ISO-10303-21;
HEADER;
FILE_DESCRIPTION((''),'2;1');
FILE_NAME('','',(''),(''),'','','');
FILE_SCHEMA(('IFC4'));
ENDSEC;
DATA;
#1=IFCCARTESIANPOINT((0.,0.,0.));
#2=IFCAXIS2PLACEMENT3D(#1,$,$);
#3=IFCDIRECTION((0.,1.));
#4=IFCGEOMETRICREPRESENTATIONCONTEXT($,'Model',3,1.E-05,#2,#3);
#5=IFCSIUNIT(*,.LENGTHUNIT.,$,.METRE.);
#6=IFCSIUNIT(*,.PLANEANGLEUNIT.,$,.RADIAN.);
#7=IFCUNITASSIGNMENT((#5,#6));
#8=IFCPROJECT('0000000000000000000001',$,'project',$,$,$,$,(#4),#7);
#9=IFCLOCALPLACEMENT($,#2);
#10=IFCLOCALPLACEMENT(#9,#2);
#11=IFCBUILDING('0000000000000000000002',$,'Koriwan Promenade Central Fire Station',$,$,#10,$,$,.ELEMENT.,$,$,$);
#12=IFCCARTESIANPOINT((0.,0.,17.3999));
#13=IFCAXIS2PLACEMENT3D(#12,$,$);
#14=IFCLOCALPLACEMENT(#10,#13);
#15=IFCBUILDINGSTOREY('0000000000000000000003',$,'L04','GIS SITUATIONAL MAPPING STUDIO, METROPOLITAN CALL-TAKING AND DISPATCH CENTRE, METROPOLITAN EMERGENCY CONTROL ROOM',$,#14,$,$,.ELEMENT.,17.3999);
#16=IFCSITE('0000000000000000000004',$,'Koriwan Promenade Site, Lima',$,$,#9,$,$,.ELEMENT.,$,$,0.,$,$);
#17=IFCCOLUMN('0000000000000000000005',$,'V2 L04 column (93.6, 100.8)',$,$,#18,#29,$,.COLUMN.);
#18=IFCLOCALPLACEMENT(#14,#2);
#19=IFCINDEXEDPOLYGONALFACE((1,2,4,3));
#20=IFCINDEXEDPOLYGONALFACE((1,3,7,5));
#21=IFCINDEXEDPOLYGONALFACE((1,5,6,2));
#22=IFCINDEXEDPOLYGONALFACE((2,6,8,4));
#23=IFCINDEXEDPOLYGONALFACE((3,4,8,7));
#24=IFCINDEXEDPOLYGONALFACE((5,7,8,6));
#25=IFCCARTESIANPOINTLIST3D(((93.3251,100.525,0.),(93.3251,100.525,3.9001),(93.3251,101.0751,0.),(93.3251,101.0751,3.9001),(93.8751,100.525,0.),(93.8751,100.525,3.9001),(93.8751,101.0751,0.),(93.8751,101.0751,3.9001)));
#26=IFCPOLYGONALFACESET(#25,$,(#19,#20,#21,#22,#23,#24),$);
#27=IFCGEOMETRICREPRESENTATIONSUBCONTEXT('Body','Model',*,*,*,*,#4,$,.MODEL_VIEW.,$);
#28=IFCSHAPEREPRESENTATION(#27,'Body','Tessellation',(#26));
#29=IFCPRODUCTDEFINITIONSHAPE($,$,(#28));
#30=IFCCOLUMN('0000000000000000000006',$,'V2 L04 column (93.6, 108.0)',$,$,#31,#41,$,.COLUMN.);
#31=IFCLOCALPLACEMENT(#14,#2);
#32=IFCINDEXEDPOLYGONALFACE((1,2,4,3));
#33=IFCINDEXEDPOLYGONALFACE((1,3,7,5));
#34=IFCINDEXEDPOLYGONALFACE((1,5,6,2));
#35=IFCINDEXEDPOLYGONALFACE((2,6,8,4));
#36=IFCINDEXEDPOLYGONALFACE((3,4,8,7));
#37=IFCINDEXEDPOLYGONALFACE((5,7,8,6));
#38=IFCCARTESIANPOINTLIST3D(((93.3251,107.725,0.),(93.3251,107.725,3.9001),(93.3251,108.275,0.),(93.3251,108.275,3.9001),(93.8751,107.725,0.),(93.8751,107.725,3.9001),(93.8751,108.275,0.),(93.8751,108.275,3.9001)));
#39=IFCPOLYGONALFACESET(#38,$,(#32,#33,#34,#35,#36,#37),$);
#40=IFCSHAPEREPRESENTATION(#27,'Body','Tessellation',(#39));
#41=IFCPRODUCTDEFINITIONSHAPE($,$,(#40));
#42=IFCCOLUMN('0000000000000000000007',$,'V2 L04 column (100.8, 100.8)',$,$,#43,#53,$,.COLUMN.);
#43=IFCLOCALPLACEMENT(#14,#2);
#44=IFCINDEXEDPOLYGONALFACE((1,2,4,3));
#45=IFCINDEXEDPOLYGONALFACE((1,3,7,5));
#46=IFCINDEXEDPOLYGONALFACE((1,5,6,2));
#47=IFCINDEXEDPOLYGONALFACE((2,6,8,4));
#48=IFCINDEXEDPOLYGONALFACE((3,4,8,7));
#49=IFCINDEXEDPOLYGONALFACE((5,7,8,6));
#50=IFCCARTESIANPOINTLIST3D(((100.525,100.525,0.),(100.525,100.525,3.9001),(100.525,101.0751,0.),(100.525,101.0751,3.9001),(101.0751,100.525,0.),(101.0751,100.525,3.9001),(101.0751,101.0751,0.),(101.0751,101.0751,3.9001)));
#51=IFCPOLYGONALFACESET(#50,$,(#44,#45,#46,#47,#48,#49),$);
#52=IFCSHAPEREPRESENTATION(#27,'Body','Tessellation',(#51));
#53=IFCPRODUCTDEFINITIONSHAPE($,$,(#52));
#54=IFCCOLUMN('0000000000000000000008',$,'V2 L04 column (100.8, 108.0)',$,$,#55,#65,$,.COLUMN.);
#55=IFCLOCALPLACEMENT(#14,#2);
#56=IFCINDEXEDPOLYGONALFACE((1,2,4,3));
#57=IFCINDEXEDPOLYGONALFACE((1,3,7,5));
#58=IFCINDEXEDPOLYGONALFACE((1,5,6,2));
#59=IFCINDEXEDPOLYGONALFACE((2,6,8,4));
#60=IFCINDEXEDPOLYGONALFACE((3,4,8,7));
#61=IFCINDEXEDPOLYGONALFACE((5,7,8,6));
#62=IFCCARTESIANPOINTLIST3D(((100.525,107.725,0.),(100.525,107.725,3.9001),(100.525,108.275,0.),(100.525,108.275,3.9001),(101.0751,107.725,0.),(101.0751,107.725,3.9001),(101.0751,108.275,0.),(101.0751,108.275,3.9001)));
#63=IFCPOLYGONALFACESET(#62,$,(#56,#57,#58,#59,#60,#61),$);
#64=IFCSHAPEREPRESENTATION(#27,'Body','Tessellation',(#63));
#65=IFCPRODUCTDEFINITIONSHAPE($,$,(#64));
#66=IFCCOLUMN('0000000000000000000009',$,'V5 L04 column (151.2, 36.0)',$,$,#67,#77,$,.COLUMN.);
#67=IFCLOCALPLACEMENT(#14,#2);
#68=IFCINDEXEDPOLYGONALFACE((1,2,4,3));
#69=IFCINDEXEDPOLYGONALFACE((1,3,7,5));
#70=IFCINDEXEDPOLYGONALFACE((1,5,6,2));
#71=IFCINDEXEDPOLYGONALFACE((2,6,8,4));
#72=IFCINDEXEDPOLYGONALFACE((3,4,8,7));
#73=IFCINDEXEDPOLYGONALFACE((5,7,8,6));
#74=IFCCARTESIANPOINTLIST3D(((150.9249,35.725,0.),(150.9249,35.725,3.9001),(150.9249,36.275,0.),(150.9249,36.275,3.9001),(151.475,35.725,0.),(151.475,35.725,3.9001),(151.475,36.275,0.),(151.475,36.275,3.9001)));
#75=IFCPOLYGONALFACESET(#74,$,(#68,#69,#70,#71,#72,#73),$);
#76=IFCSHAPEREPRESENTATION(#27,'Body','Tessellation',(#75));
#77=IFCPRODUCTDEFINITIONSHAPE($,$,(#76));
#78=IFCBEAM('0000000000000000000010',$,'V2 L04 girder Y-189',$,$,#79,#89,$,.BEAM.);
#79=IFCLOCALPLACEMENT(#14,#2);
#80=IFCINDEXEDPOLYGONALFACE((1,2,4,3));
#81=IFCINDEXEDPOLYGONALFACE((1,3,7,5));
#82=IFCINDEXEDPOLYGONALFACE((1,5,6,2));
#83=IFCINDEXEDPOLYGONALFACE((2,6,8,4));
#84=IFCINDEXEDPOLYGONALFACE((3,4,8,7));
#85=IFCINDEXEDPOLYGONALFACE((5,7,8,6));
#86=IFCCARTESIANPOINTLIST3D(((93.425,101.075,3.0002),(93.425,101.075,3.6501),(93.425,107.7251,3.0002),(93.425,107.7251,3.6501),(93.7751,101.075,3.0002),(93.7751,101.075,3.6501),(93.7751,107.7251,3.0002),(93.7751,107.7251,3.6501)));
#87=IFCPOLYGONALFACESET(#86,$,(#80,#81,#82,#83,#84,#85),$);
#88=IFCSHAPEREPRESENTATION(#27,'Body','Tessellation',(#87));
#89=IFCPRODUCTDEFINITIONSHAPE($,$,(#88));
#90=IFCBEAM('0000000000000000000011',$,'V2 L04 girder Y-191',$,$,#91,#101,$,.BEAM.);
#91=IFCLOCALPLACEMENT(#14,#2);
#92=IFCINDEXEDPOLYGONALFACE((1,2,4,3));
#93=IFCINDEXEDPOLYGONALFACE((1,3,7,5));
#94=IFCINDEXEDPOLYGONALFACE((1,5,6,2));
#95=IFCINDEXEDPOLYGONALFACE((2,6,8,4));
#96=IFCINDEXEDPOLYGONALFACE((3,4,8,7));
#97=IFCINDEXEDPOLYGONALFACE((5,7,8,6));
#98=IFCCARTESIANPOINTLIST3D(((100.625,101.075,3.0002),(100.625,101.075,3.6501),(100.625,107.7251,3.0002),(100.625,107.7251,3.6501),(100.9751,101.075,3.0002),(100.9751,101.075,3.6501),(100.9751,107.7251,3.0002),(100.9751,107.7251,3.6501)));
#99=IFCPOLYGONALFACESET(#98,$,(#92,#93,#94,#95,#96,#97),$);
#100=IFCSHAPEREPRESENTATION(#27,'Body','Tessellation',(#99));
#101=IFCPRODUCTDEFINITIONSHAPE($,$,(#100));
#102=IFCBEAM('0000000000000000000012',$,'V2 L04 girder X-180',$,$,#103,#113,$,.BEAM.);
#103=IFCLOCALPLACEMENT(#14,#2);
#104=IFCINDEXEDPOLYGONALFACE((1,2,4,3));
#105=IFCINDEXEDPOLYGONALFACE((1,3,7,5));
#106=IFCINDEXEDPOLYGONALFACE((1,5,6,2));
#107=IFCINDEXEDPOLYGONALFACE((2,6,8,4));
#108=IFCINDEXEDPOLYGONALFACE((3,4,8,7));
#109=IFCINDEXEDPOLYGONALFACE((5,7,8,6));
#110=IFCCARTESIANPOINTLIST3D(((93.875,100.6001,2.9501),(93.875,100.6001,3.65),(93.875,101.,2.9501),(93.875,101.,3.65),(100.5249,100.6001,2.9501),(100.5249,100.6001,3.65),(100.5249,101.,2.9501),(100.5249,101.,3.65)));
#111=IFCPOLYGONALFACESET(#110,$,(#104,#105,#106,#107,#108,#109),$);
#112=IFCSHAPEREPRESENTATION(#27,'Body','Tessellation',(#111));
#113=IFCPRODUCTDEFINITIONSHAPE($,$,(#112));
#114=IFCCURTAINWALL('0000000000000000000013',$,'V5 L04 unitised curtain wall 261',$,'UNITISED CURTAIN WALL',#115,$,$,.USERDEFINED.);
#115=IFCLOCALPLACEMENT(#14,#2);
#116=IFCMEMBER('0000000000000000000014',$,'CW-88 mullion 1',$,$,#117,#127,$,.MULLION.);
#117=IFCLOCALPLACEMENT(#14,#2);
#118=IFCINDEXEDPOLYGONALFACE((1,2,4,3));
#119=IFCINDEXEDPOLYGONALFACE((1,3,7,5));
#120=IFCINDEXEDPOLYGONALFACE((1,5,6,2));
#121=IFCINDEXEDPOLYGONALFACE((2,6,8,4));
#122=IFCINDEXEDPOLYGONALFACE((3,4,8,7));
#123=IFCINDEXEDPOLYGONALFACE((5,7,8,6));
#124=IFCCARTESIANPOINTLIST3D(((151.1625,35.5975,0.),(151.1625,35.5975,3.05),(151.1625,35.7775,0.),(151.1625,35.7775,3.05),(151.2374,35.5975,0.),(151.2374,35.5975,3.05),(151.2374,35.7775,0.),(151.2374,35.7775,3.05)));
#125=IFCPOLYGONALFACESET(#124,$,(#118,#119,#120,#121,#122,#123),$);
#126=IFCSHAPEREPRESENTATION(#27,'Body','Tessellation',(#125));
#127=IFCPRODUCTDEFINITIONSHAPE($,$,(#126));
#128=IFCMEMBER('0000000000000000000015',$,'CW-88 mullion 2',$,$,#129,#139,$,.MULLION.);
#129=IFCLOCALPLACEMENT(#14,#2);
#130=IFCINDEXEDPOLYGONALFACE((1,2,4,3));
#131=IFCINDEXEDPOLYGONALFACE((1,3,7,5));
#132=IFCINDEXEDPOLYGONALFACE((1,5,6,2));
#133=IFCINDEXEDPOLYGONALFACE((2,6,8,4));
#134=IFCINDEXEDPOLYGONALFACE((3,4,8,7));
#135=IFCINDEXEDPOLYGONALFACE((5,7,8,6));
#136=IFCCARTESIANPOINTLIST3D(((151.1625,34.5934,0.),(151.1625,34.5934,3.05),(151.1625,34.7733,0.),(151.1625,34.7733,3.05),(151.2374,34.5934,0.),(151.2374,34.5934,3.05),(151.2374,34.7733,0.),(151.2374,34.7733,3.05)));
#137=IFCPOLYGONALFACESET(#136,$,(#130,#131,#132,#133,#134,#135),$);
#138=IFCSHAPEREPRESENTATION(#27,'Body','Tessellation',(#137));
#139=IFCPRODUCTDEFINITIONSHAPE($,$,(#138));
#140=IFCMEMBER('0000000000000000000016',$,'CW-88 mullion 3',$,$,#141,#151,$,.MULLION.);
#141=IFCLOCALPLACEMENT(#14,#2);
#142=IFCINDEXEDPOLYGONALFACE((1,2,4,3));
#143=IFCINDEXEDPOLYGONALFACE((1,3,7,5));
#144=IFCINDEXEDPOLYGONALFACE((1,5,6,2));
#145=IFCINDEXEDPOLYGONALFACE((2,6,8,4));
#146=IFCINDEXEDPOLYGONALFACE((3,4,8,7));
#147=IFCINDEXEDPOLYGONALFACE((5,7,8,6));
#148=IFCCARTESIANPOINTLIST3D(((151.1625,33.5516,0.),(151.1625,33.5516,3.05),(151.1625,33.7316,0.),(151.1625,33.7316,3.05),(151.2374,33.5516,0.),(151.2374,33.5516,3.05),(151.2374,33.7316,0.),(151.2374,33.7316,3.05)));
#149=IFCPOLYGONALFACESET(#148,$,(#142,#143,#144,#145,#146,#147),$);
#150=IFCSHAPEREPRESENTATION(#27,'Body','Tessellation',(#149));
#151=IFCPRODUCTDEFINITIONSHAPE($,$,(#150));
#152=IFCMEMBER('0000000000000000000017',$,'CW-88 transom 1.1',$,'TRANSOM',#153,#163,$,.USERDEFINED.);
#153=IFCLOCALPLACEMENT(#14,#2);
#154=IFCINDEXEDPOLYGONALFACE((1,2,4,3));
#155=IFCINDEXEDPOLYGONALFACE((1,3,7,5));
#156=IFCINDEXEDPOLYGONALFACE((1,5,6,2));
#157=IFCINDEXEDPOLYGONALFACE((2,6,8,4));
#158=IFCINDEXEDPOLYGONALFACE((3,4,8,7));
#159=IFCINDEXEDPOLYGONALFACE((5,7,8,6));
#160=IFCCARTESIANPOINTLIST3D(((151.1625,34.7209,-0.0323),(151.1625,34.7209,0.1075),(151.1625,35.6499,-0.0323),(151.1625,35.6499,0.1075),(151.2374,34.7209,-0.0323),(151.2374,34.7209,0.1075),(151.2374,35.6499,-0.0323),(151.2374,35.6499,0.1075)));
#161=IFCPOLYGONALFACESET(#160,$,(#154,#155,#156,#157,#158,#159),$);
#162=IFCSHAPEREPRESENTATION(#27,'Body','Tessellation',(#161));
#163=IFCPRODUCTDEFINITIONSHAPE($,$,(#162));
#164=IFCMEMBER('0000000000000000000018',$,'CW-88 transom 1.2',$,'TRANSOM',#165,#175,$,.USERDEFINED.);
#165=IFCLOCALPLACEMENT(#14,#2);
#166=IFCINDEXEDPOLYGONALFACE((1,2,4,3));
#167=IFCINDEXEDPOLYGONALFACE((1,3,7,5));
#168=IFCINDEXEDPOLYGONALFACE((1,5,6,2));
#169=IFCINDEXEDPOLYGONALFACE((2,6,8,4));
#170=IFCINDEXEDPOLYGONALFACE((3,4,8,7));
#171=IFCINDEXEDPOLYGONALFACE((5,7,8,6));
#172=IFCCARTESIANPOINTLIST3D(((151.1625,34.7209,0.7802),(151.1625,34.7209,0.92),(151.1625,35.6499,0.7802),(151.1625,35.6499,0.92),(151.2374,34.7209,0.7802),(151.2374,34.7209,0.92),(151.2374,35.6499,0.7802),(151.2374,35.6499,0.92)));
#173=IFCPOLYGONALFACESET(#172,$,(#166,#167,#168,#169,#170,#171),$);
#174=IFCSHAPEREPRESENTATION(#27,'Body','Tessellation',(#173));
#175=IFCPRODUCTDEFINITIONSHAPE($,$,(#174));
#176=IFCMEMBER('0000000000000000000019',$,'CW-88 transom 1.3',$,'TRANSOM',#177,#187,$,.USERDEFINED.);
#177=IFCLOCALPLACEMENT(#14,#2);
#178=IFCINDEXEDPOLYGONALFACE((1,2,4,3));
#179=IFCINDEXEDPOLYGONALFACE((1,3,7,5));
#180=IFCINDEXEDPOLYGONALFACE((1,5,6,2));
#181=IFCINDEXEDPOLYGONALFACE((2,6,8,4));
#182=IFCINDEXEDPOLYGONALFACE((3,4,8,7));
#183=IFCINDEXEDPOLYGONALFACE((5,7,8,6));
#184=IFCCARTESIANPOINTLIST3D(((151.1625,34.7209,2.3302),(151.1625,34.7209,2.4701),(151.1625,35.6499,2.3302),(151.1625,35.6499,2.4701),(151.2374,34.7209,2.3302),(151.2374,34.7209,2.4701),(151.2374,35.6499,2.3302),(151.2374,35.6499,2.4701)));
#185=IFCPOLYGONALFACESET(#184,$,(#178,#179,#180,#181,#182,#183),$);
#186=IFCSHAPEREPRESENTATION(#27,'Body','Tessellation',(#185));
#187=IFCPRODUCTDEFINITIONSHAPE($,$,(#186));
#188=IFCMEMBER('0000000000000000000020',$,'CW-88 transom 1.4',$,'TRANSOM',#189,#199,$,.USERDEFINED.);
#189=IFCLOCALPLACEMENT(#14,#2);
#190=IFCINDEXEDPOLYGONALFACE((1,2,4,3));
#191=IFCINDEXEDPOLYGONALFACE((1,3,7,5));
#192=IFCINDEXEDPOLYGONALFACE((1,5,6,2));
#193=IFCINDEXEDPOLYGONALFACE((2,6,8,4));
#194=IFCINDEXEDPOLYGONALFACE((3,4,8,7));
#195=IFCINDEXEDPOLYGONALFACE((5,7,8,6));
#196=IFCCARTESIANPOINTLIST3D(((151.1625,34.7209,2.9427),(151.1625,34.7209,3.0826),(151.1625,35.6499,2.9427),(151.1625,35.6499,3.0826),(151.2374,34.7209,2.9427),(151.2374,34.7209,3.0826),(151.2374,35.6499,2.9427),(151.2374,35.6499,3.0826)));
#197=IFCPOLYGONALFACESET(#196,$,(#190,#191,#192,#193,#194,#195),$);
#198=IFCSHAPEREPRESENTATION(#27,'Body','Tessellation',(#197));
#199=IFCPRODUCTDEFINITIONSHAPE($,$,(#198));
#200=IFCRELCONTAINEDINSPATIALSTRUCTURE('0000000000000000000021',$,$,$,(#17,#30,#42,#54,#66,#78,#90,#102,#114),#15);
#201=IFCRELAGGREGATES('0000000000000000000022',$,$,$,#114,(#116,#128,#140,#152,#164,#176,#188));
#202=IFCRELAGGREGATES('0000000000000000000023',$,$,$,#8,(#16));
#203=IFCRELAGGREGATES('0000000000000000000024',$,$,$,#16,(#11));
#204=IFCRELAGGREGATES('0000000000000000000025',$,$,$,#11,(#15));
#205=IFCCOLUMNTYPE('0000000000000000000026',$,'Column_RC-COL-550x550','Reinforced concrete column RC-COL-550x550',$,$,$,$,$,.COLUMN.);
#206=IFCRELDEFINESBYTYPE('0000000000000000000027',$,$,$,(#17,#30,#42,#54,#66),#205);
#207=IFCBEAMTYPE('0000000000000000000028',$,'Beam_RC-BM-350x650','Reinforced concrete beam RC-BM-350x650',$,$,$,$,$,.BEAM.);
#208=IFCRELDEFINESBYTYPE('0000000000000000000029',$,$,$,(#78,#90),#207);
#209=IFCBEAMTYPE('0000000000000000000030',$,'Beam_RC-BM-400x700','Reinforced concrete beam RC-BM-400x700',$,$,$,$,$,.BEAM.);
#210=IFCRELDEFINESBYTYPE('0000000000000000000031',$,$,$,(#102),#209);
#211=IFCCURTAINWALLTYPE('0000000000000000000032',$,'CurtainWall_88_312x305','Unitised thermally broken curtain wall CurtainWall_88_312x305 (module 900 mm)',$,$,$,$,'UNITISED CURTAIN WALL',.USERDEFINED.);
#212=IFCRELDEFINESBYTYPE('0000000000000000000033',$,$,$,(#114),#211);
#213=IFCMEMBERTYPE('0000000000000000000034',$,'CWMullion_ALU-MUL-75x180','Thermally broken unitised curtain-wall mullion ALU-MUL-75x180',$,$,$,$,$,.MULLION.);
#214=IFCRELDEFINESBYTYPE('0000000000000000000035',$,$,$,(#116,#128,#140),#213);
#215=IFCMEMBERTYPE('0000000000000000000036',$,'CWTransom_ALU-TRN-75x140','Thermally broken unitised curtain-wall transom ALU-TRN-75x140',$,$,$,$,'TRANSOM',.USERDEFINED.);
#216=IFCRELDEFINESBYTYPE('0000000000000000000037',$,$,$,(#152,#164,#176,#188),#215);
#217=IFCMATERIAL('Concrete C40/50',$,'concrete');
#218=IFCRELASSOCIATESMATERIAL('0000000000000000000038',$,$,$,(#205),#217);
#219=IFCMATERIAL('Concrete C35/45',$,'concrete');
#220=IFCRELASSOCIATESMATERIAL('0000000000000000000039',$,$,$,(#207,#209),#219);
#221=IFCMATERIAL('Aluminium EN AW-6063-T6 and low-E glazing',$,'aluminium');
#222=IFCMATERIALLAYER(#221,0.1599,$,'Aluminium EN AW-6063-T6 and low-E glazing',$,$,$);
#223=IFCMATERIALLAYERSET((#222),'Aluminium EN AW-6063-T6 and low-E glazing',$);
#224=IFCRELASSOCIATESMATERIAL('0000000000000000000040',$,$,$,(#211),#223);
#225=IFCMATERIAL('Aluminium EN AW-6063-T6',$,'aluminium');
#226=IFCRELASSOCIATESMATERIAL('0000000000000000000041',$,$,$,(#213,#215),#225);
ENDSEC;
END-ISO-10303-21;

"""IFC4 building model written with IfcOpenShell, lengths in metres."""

from ifc_helpers import new_model, si_unit, direction, frame, origin, origin_2d, place, context, subcontext, project, spatial, rectangle, extrude, material, layer, layer_set, material_profile, profile_set, type_object, element, aggregate, save


model = new_model("IFC4")

# Units and contexts
model_context = context("Model", 3, precision=1e-05, world=origin(), true_north=direction((0.0, 1.0)))
body_context = subcontext(model_context, "Body", "Model", "MODEL_VIEW")
ifc_project = project(units=[si_unit("LENGTHUNIT", "METRE"), si_unit("PLANEANGLEUNIT", "RADIAN")], contexts=[model_context])

# Site, building, storey
site_placement = place(None, origin())
site = spatial("IfcSite", under=ifc_project, at=site_placement, Name="Koriwan Promenade Site, Lima", CompositionType="ELEMENT", RefElevation=0.0)
building_placement = place(site_placement, origin())
building = spatial("IfcBuilding", under=site, at=building_placement, Name="Koriwan Promenade Central Fire Station", CompositionType="ELEMENT")
storey_placement = place(building_placement, frame((0.0, 0.0, 17.3999)))
storey = spatial("IfcBuildingStorey", under=building, at=storey_placement, Name="L04", Description="GIS SITUATIONAL MAPPING STUDIO, METROPOLITAN CALL-TAKING AND DISPATCH CENTRE, METROPOLITAN EMERGENCY CONTROL ROOM", CompositionType="ELEMENT", Elevation=17.3999)

# Columns
ifc_material_1 = material(Name="Concrete C40/50", Category="concrete")
ifc_material_profile_1 = material_profile(ifc_material_1, rectangle(XDim=0.55, YDim=0.55, at=origin_2d()), Name="RC-COL-550x550")
ifc_profile_set_1 = profile_set([ifc_material_profile_1], Name="Concrete C40/50")
column_type = type_object("IfcColumnType", Name="Column_RC-COL-550x550", Description="Reinforced concrete column RC-COL-550x550", PredefinedType="COLUMN", material=ifc_profile_set_1)
for number, where, z_axis, x_axis, name in (
    (1, (93.6001, 100.8, 0.0), (0.0, 0.0, 1.0), (1.0, 0.0, 0.0), "V2 L04 column (93.6, 100.8)"),
    (2, (93.6001, 108.0, 0.0), (0.0, 0.0, 1.0), (1.0, 0.0, 0.0), "V2 L04 column (93.6, 108.0)"),
    (3, (100.8, 100.8, 0.0), (0.0, 0.0, 1.0), (1.0, 0.0, 0.0), "V2 L04 column (100.8, 100.8)"),
    (4, (100.8, 108.0, 0.0), (0.0, 0.0, 1.0), (1.0, 0.0, 0.0), "V2 L04 column (100.8, 108.0)"),
    (5, (151.2, 36.0, 0.0), (0.0, 0.0, 1.0), (1.0, 0.0, 0.0), "V5 L04 column (151.2, 36.0)"),
):
    element("IfcColumn", number, at=place(storey_placement, frame(where, z_axis=z_axis, x_axis=x_axis)), inside=storey, type_object=column_type, Name=name, PredefinedType="COLUMN", context=body_context, shape_type="SweptSolid", body=[
        extrude(rectangle(XDim=0.55, YDim=0.55, at=origin_2d()), origin(), (0.0, 0.0, 1.0), 3.9001),
    ])

# Beams
ifc_material_2 = material(Name="Concrete C35/45", Category="concrete")
ifc_material_profile_2 = material_profile(ifc_material_2, rectangle(XDim=0.3501, YDim=0.6499, at=origin_2d()), Name="RC-BM-350x650")
ifc_profile_set_2 = profile_set([ifc_material_profile_2], Name="Concrete C35/45")
beam_type_1 = type_object("IfcBeamType", Name="Beam_RC-BM-350x650", Description="Reinforced concrete beam RC-BM-350x650", PredefinedType="BEAM", material=ifc_profile_set_2)
for number, where, z_axis, x_axis, name in (
    (6, (93.6001, 101.075, 3.3252), (0.0, 1.0, 0.0), (-1.0, 0.0, 0.0), "V2 L04 girder Y-189"),
    (7, (100.8, 101.075, 3.3252), (0.0, 1.0, 0.0), (-1.0, 0.0, 0.0), "V2 L04 girder Y-191"),
):
    element("IfcBeam", number, at=place(storey_placement, frame(where, z_axis=z_axis, x_axis=x_axis)), inside=storey, type_object=beam_type_1, Name=name, PredefinedType="BEAM", context=body_context, shape_type="SweptSolid", body=[
        extrude(rectangle(XDim=0.3501, YDim=0.6499, at=origin_2d()), origin(), (0.0, 0.0, 1.0), 6.6501),
    ])
ifc_material_profile_3 = material_profile(ifc_material_2, rectangle(XDim=0.3999, YDim=0.7, at=origin_2d()), Name="RC-BM-400x700")
ifc_profile_set_3 = profile_set([ifc_material_profile_3], Name="Concrete C35/45")
beam_type_2 = type_object("IfcBeamType", Name="Beam_RC-BM-400x700", Description="Reinforced concrete beam RC-BM-400x700", PredefinedType="BEAM", material=ifc_profile_set_3)
beam_placement = place(storey_placement, frame((93.875, 100.8, 3.3), z_axis=(1.0, 0.0, 0.0), x_axis=(0.0, 1.0, 0.0)))
element("IfcBeam", 8, at=beam_placement, inside=storey, type_object=beam_type_2, Name="V2 L04 girder X-180", PredefinedType="BEAM", context=body_context, shape_type="SweptSolid", body=[
    extrude(rectangle(XDim=0.3999, YDim=0.7, at=origin_2d()), origin(), (0.0, 0.0, 1.0), 6.6499),
])

# Curtain wall, members
ifc_material_3 = material(Name="Aluminium EN AW-6063-T6 and low-E glazing", Category="aluminium")
ifc_layer_1 = layer(ifc_material_3, 0.1599, Name="Aluminium EN AW-6063-T6 and low-E glazing")
ifc_layer_set_1 = layer_set([ifc_layer_1], Name="Aluminium EN AW-6063-T6 and low-E glazing")
curtain_wall_type = type_object("IfcCurtainWallType", Name="CurtainWall_88_312x305", Description="Unitised thermally broken curtain wall CurtainWall_88_312x305 (module 900 mm)", ElementType="UNITISED CURTAIN WALL", PredefinedType="USERDEFINED", material=ifc_layer_set_1)
curtain_wall_placement = place(storey_placement, origin())
curtain_wall = element("IfcCurtainWall", 9, at=curtain_wall_placement, inside=storey, type_object=curtain_wall_type, Name="V5 L04 unitised curtain wall 261", ObjectType="UNITISED CURTAIN WALL", PredefinedType="USERDEFINED")
ifc_material_4 = material(Name="Aluminium EN AW-6063-T6", Category="aluminium")
ifc_material_profile_4 = material_profile(ifc_material_4, rectangle(XDim=0.075, YDim=0.1799, at=origin_2d()), Name="ALU-MUL-75x180")
ifc_profile_set_4 = profile_set([ifc_material_profile_4], Name="Aluminium EN AW-6063-T6")
member_type_1 = type_object("IfcMemberType", Name="CWMullion_ALU-MUL-75x180", Description="Thermally broken unitised curtain-wall mullion ALU-MUL-75x180", PredefinedType="MULLION", material=ifc_profile_set_4)
member_1_placement = place(storey_placement, frame((151.2, 35.6875, 0.0), z_axis=(0.0, 0.0, 1.0), x_axis=(1.0, 0.0, 0.0)))
member_1 = element("IfcMember", 10, at=member_1_placement, type_object=member_type_1, Name="CW-88 mullion 1", PredefinedType="MULLION", context=body_context, shape_type="SweptSolid", body=[
    extrude(rectangle(XDim=0.075, YDim=0.1799, at=origin_2d()), origin(), (0.0, 0.0, 1.0), 3.05),
])
member_2_placement = place(storey_placement, frame((151.2, 34.6833, 0.0), z_axis=(0.0, 0.0, 1.0), x_axis=(1.0, 0.0, 0.0)))
member_2 = element("IfcMember", 11, at=member_2_placement, type_object=member_type_1, Name="CW-88 mullion 2", PredefinedType="MULLION", context=body_context, shape_type="SweptSolid", body=[
    extrude(rectangle(XDim=0.075, YDim=0.1799, at=origin_2d()), origin(), (0.0, 0.0, 1.0), 3.05),
])
member_3_placement = place(storey_placement, frame((151.2, 33.6416, 0.0), z_axis=(0.0, 0.0, 1.0), x_axis=(1.0, 0.0, 0.0)))
member_3 = element("IfcMember", 12, at=member_3_placement, type_object=member_type_1, Name="CW-88 mullion 3", PredefinedType="MULLION", context=body_context, shape_type="SweptSolid", body=[
    extrude(rectangle(XDim=0.075, YDim=0.1799, at=origin_2d()), origin(), (0.0, 0.0, 1.0), 3.05),
])
ifc_material_profile_5 = material_profile(ifc_material_4, rectangle(XDim=0.075, YDim=0.1399, at=origin_2d()), Name="ALU-TRN-75x140")
ifc_profile_set_5 = profile_set([ifc_material_profile_5], Name="Aluminium EN AW-6063-T6")
member_type_2 = type_object("IfcMemberType", Name="CWTransom_ALU-TRN-75x140", Description="Thermally broken unitised curtain-wall transom ALU-TRN-75x140", ElementType="TRANSOM", PredefinedType="USERDEFINED", material=ifc_profile_set_5)
member_4_placement = place(storey_placement, frame((151.2, 35.6499, 0.0376), z_axis=(0.0, -1.0, 0.0), x_axis=(1.0, 0.0, 0.0)))
member_4 = element("IfcMember", 13, at=member_4_placement, type_object=member_type_2, Name="CW-88 transom 1.1", ObjectType="TRANSOM", PredefinedType="USERDEFINED", context=body_context, shape_type="SweptSolid", body=[
    extrude(rectangle(XDim=0.075, YDim=0.1399, at=origin_2d()), origin(), (0.0, 0.0, 1.0), 0.929),
])
member_5_placement = place(storey_placement, frame((151.2, 35.6499, 0.8501), z_axis=(0.0, -1.0, 0.0), x_axis=(1.0, 0.0, 0.0)))
member_5 = element("IfcMember", 14, at=member_5_placement, type_object=member_type_2, Name="CW-88 transom 1.2", ObjectType="TRANSOM", PredefinedType="USERDEFINED", context=body_context, shape_type="SweptSolid", body=[
    extrude(rectangle(XDim=0.075, YDim=0.1399, at=origin_2d()), origin(), (0.0, 0.0, 1.0), 0.929),
])
member_6_placement = place(storey_placement, frame((151.2, 35.6499, 2.4001), z_axis=(0.0, -1.0, 0.0), x_axis=(1.0, 0.0, 0.0)))
member_6 = element("IfcMember", 15, at=member_6_placement, type_object=member_type_2, Name="CW-88 transom 1.3", ObjectType="TRANSOM", PredefinedType="USERDEFINED", context=body_context, shape_type="SweptSolid", body=[
    extrude(rectangle(XDim=0.075, YDim=0.1399, at=origin_2d()), origin(), (0.0, 0.0, 1.0), 0.929),
])
member_7_placement = place(storey_placement, frame((151.2, 35.6499, 3.0127), z_axis=(0.0, -1.0, 0.0), x_axis=(1.0, 0.0, 0.0)))
member_7 = element("IfcMember", 16, at=member_7_placement, type_object=member_type_2, Name="CW-88 transom 1.4", ObjectType="TRANSOM", PredefinedType="USERDEFINED", context=body_context, shape_type="SweptSolid", body=[
    extrude(rectangle(XDim=0.075, YDim=0.1399, at=origin_2d()), origin(), (0.0, 0.0, 1.0), 0.929),
])
aggregate(curtain_wall, [member_1, member_2, member_3, member_4, member_5, member_6, member_7])

save(model, "model.ifc")
